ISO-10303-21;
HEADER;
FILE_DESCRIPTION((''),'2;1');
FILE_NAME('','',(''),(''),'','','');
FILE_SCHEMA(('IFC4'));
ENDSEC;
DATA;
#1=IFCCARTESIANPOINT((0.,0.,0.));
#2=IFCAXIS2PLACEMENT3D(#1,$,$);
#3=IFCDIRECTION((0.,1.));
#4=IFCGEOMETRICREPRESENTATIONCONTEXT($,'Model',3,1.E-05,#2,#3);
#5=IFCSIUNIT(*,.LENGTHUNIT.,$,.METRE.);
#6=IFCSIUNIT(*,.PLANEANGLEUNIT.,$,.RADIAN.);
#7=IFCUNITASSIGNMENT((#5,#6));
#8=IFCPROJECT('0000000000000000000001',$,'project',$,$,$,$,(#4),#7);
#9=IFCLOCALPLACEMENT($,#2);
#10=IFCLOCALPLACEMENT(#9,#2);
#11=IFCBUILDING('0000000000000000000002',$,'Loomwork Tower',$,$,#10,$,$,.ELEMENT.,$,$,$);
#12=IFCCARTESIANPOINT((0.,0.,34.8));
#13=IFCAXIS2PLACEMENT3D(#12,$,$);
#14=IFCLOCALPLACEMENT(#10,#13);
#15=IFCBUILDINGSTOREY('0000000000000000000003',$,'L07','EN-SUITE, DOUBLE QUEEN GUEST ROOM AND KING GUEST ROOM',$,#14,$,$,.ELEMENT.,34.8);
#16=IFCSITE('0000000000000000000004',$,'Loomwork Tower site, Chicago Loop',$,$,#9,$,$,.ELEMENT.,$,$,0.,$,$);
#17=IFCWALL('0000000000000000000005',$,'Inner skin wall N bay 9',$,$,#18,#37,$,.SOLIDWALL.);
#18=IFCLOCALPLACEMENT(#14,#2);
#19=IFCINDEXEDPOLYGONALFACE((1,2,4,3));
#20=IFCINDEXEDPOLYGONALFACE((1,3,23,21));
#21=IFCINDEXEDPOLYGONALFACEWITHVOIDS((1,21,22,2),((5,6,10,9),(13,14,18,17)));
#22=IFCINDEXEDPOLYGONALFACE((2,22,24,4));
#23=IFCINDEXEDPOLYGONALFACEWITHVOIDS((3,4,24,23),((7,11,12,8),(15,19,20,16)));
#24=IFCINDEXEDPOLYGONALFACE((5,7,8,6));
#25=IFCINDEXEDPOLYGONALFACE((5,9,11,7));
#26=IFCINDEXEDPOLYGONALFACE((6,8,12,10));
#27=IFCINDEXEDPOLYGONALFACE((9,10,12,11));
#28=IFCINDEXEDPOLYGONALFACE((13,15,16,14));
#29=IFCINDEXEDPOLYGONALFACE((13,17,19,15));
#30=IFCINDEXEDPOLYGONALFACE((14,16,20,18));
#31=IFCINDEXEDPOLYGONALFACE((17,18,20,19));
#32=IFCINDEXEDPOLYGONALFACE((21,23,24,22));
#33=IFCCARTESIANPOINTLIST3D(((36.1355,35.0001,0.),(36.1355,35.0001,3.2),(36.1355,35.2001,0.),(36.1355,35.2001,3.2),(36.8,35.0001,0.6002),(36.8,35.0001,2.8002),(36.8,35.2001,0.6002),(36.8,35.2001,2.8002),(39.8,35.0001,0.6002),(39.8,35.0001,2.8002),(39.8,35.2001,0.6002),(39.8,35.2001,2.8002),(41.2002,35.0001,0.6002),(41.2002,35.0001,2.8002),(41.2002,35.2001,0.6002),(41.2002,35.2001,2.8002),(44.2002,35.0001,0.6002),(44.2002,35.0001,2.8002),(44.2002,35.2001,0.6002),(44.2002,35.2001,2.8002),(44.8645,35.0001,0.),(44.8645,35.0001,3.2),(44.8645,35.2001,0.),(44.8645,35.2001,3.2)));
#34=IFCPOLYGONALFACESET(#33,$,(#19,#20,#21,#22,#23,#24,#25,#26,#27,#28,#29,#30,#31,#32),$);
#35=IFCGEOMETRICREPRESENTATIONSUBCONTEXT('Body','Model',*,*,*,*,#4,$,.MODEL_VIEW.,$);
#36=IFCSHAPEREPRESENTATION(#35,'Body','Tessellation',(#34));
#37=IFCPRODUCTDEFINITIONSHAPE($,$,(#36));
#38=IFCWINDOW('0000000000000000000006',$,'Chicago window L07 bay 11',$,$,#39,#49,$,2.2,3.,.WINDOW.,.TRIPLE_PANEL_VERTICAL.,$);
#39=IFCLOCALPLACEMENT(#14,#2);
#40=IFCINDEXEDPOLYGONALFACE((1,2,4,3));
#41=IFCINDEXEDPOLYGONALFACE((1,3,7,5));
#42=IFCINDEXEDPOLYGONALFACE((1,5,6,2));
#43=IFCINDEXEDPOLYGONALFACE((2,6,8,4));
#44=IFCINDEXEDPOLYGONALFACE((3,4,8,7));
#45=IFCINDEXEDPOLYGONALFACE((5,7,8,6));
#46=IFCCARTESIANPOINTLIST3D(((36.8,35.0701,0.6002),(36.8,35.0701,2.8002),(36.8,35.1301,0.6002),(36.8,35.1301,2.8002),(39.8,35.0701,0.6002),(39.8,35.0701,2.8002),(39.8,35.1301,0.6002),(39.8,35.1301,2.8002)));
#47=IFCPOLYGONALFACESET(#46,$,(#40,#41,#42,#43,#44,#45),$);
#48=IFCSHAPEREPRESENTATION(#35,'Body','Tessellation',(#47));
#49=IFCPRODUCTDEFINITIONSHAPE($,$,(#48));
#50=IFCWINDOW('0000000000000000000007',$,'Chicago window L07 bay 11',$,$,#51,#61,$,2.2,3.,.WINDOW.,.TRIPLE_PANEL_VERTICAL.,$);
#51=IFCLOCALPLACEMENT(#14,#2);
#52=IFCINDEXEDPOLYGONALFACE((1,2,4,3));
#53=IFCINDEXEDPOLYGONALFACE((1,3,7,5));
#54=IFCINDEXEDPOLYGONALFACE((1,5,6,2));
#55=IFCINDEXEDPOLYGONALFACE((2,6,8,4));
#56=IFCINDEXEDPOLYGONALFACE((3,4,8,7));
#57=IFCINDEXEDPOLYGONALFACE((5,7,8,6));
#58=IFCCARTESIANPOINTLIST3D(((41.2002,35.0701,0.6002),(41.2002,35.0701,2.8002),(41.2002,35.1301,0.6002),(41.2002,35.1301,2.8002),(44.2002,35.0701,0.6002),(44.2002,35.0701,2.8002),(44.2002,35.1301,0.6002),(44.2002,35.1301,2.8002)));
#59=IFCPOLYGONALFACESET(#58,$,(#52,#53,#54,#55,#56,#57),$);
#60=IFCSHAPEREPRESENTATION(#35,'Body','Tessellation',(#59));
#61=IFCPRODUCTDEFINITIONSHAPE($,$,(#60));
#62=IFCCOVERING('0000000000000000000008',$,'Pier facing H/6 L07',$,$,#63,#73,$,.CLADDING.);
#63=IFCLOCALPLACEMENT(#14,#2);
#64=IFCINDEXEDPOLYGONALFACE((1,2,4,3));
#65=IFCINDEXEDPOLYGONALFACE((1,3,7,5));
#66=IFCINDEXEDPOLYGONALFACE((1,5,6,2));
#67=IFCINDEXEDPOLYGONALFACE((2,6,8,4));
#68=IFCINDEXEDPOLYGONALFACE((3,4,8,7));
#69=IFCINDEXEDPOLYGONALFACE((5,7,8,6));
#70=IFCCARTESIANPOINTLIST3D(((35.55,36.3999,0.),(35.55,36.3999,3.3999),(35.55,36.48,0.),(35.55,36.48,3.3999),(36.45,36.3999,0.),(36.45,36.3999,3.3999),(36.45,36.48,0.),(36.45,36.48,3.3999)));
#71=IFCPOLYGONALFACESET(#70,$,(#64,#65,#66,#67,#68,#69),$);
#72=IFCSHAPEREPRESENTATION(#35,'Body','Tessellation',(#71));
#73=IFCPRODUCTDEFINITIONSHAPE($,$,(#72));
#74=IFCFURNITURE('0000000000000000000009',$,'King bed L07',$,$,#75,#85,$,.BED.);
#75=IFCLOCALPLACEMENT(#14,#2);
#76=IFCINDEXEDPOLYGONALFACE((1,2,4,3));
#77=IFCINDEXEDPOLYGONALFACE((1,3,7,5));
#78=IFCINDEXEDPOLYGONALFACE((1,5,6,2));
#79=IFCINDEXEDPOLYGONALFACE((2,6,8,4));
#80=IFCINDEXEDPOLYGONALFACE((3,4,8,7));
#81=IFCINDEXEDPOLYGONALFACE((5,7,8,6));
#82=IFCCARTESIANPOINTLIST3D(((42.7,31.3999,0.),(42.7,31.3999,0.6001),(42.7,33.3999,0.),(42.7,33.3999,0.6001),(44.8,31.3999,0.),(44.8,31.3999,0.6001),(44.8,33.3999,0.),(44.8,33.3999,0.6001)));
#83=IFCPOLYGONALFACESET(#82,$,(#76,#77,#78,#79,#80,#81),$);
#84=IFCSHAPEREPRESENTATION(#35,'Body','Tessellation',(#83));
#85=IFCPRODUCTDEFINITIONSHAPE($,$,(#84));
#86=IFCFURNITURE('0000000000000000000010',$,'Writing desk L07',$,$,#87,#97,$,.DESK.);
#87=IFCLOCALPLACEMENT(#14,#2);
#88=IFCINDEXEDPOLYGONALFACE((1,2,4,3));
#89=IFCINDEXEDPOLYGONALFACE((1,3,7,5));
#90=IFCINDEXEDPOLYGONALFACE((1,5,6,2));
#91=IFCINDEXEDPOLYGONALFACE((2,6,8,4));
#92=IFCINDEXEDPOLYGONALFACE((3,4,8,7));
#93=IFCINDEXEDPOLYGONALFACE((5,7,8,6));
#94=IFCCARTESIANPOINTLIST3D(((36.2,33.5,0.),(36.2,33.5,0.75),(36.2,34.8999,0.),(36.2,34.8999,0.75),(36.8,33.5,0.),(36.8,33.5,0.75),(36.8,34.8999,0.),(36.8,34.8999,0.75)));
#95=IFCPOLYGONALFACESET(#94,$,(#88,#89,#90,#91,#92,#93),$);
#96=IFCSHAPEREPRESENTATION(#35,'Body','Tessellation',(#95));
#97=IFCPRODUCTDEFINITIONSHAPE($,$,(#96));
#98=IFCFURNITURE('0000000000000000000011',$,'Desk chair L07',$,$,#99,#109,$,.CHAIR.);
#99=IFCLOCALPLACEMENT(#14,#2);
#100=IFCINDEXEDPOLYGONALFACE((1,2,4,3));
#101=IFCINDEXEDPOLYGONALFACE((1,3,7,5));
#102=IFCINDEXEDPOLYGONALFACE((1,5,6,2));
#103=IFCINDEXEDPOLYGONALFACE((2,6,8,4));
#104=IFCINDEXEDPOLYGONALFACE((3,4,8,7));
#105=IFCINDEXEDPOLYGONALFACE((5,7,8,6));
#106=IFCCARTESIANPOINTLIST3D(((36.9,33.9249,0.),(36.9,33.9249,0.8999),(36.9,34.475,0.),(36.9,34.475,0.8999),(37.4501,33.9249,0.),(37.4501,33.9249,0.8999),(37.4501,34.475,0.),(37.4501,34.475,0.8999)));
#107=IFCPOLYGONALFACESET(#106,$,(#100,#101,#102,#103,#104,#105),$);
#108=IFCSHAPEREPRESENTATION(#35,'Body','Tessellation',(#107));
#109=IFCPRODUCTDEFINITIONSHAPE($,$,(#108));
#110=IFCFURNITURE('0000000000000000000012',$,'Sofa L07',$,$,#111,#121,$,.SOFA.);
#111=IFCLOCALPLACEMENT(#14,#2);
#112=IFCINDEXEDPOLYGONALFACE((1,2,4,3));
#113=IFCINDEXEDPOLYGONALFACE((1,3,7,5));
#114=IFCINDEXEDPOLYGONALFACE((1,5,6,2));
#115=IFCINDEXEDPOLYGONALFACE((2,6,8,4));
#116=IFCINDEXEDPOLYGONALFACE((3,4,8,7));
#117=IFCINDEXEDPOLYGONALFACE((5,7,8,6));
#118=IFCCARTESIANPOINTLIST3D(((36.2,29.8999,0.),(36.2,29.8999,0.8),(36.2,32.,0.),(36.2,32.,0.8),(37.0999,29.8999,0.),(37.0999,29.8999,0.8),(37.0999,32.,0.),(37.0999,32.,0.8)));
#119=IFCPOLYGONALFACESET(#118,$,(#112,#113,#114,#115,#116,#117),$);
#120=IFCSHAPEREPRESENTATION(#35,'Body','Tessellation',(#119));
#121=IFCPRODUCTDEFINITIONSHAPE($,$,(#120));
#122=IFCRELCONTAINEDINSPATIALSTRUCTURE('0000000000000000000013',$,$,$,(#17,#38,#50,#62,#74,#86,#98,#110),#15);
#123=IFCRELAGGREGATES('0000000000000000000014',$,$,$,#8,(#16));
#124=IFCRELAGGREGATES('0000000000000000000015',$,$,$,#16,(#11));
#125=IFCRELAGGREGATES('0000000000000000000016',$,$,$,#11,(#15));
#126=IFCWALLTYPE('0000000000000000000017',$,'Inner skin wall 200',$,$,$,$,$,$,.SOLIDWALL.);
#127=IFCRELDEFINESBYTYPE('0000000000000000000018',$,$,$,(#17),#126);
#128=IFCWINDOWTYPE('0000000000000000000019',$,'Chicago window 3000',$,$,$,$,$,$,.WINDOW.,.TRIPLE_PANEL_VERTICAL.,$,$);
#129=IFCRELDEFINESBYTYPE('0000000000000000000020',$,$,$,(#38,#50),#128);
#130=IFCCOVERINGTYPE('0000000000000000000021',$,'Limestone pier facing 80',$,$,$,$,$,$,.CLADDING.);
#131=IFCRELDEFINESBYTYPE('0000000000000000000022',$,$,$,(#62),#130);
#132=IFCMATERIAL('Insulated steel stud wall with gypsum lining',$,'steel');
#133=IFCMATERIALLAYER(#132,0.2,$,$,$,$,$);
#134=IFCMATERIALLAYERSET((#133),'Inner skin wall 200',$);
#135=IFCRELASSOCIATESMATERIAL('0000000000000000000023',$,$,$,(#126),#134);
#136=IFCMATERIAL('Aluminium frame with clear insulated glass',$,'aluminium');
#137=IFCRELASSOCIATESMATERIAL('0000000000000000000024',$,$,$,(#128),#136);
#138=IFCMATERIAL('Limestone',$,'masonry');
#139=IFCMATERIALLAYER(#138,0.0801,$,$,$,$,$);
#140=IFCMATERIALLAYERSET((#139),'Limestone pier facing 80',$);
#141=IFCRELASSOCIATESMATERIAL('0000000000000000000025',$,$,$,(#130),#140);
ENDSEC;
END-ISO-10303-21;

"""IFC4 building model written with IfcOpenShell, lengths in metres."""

from ifc_helpers import new_model, si_unit, direction, frame, frame_2d, origin, origin_2d, place, context, subcontext, project, spatial, rectangle, extrude, material, layer, layer_set, type_object, element, fill, save


model = new_model("IFC4")

# Units and contexts
model_context = context("Model", 3, precision=1e-05, world=origin(), true_north=direction((0.0, 1.0)))
body_context = subcontext(model_context, "Body", "Model", "MODEL_VIEW")
ifc_project = project(units=[si_unit("LENGTHUNIT", "METRE"), si_unit("PLANEANGLEUNIT", "RADIAN")], contexts=[model_context])

# Site, building, storey
site_placement = place(None, origin())
site = spatial("IfcSite", under=ifc_project, at=site_placement, Name="Loomwork Tower site, Chicago Loop", CompositionType="ELEMENT", RefElevation=0.0)
building_placement = place(site_placement, origin())
building = spatial("IfcBuilding", under=site, at=building_placement, Name="Loomwork Tower", CompositionType="ELEMENT")
storey_placement = place(building_placement, frame((0.0, 0.0, 34.8)))
storey = spatial("IfcBuildingStorey", under=building, at=storey_placement, Name="L07", Description="EN-SUITE, DOUBLE QUEEN GUEST ROOM AND KING GUEST ROOM", CompositionType="ELEMENT", Elevation=34.8)

# Shared definitions
ifc_material_1 = material(Name="Insulated steel stud wall with gypsum lining", Category="steel")
ifc_layer_1 = layer(ifc_material_1, 0.2)
ifc_layer_set_1 = layer_set([ifc_layer_1], Name="Inner skin wall 200")
wall_type_1 = type_object("IfcWallType", Name="Inner skin wall 200", PredefinedType="SOLIDWALL", material=ifc_layer_set_1)

# Wall, openings, windows
wall_1_placement = place(storey_placement, frame((36.1355, 35.1001, 0.0), z_axis=(0.0, 0.0, 1.0), x_axis=(1.0, 0.0, 0.0)))
wall_1 = element("IfcWall", 1, at=wall_1_placement, inside=storey, type_object=wall_type_1, Name="Inner skin wall N bay 9", PredefinedType="SOLIDWALL", context=body_context, shape_type="SweptSolid", body=[
    extrude(rectangle(XDim=8.729, YDim=0.2, at=frame_2d((4.3645, 0.0))), origin(), (0.0, 0.0, 1.0), 3.2),
])
opening_1_placement = place(wall_1_placement, frame((0.6646, 0.0, 0.6001)))
opening_1 = element("IfcOpeningElement", 2, at=opening_1_placement, cuts=wall_1, PredefinedType="OPENING", context=body_context, shape_type="SweptSolid", body=[
    extrude(rectangle(XDim=3.0, YDim=2.2, at=frame_2d((1.5, 1.1001))), frame((0.0, 0.1099, 0.0), z_axis=(0.0, -1.0, 0.0), x_axis=(1.0, 0.0, 0.0)), (0.0, 0.0, 1.0), 0.22),
])
opening_2_placement = place(wall_1_placement, frame((5.0647, 0.0, 0.6001)))
opening_2 = element("IfcOpeningElement", 3, at=opening_2_placement, cuts=wall_1, PredefinedType="OPENING", context=body_context, shape_type="SweptSolid", body=[
    extrude(rectangle(XDim=3.0, YDim=2.2, at=frame_2d((1.5, 1.1001))), frame((0.0, 0.1099, 0.0), z_axis=(0.0, -1.0, 0.0), x_axis=(1.0, 0.0, 0.0)), (0.0, 0.0, 1.0), 0.22),
])
ifc_material_2 = material(Name="Aluminium frame with clear insulated glass", Category="aluminium")
window_type = type_object("IfcWindowType", Name="Chicago window 3000", PartitioningType="TRIPLE_PANEL_VERTICAL", PredefinedType="WINDOW", material=ifc_material_2)
window_1_placement = place(opening_1_placement, origin())
window_1 = element("IfcWindow", 4, at=window_1_placement, inside=storey, type_object=window_type, Name="Chicago window L07 bay 11", OverallHeight=2.2, OverallWidth=3.0, PartitioningType="TRIPLE_PANEL_VERTICAL", PredefinedType="WINDOW", context=body_context, shape_type="SweptSolid", body=[
    extrude(rectangle(XDim=3.0, YDim=2.2, at=frame_2d((1.5, 1.1001))), frame((0.0, 0.03, 0.0), z_axis=(0.0, -1.0, 0.0), x_axis=(1.0, 0.0, 0.0)), (0.0, 0.0, 1.0), 0.0601),
])
fill(opening_1, window_1)
window_2_placement = place(opening_2_placement, origin())
window_2 = element("IfcWindow", 5, at=window_2_placement, inside=storey, type_object=window_type, Name="Chicago window L07 bay 11", OverallHeight=2.2, OverallWidth=3.0, PartitioningType="TRIPLE_PANEL_VERTICAL", PredefinedType="WINDOW", context=body_context, shape_type="SweptSolid", body=[
    extrude(rectangle(XDim=3.0, YDim=2.2, at=frame_2d((1.5, 1.1001))), frame((0.0, 0.03, 0.0), z_axis=(0.0, -1.0, 0.0), x_axis=(1.0, 0.0, 0.0)), (0.0, 0.0, 1.0), 0.0601),
])
fill(opening_2, window_2)

# Covering
ifc_material_3 = material(Name="Limestone", Category="masonry")
ifc_layer_2 = layer(ifc_material_3, 0.0801)
ifc_layer_set_2 = layer_set([ifc_layer_2], Name="Limestone pier facing 80")
covering_type = type_object("IfcCoveringType", Name="Limestone pier facing 80", PredefinedType="CLADDING", material=ifc_layer_set_2)
covering_placement = place(storey_placement, frame((36.0, 36.4399, 0.0), z_axis=(0.0, 0.0, 1.0), x_axis=(1.0, 0.0, 0.0)))
element("IfcCovering", 6, at=covering_placement, inside=storey, type_object=covering_type, Name="Pier facing H/6 L07", PredefinedType="CLADDING", context=body_context, shape_type="SweptSolid", body=[
    extrude(rectangle(XDim=0.8999, YDim=0.0801, at=origin_2d()), origin(), (0.0, 0.0, 1.0), 3.3999),
])

# Furniture
furniture_1_placement = place(storey_placement, frame((43.75, 32.3999, 0.0), z_axis=(0.0, 0.0, 1.0), x_axis=(1.0, 0.0, 0.0)))
element("IfcFurniture", 7, at=furniture_1_placement, inside=storey, Name="King bed L07", PredefinedType="BED", context=body_context, shape_type="SweptSolid", body=[
    extrude(rectangle(XDim=2.1001, YDim=2.0, at=origin_2d()), origin(), (0.0, 0.0, 1.0), 0.6001),
])
furniture_2_placement = place(storey_placement, frame((36.5, 34.2, 0.0), z_axis=(0.0, 0.0, 1.0), x_axis=(1.0, 0.0, 0.0)))
element("IfcFurniture", 8, at=furniture_2_placement, inside=storey, Name="Writing desk L07", PredefinedType="DESK", context=body_context, shape_type="SweptSolid", body=[
    extrude(rectangle(XDim=0.6001, YDim=1.3999, at=origin_2d()), origin(), (0.0, 0.0, 1.0), 0.75),
])
furniture_3_placement = place(storey_placement, frame((37.175, 34.2, 0.0), z_axis=(0.0, 0.0, 1.0), x_axis=(1.0, 0.0, 0.0)))
element("IfcFurniture", 9, at=furniture_3_placement, inside=storey, Name="Desk chair L07", PredefinedType="CHAIR", context=body_context, shape_type="SweptSolid", body=[
    extrude(rectangle(XDim=0.55, YDim=0.55, at=origin_2d()), origin(), (0.0, 0.0, 1.0), 0.8999),
])
furniture_4_placement = place(storey_placement, frame((36.6499, 30.95, 0.0), z_axis=(0.0, 0.0, 1.0), x_axis=(1.0, 0.0, 0.0)))
element("IfcFurniture", 10, at=furniture_4_placement, inside=storey, Name="Sofa L07", PredefinedType="SOFA", context=body_context, shape_type="SweptSolid", body=[
    extrude(rectangle(XDim=0.8999, YDim=2.1001, at=origin_2d()), origin(), (0.0, 0.0, 1.0), 0.8),
])

save(model, "model.ifc")
